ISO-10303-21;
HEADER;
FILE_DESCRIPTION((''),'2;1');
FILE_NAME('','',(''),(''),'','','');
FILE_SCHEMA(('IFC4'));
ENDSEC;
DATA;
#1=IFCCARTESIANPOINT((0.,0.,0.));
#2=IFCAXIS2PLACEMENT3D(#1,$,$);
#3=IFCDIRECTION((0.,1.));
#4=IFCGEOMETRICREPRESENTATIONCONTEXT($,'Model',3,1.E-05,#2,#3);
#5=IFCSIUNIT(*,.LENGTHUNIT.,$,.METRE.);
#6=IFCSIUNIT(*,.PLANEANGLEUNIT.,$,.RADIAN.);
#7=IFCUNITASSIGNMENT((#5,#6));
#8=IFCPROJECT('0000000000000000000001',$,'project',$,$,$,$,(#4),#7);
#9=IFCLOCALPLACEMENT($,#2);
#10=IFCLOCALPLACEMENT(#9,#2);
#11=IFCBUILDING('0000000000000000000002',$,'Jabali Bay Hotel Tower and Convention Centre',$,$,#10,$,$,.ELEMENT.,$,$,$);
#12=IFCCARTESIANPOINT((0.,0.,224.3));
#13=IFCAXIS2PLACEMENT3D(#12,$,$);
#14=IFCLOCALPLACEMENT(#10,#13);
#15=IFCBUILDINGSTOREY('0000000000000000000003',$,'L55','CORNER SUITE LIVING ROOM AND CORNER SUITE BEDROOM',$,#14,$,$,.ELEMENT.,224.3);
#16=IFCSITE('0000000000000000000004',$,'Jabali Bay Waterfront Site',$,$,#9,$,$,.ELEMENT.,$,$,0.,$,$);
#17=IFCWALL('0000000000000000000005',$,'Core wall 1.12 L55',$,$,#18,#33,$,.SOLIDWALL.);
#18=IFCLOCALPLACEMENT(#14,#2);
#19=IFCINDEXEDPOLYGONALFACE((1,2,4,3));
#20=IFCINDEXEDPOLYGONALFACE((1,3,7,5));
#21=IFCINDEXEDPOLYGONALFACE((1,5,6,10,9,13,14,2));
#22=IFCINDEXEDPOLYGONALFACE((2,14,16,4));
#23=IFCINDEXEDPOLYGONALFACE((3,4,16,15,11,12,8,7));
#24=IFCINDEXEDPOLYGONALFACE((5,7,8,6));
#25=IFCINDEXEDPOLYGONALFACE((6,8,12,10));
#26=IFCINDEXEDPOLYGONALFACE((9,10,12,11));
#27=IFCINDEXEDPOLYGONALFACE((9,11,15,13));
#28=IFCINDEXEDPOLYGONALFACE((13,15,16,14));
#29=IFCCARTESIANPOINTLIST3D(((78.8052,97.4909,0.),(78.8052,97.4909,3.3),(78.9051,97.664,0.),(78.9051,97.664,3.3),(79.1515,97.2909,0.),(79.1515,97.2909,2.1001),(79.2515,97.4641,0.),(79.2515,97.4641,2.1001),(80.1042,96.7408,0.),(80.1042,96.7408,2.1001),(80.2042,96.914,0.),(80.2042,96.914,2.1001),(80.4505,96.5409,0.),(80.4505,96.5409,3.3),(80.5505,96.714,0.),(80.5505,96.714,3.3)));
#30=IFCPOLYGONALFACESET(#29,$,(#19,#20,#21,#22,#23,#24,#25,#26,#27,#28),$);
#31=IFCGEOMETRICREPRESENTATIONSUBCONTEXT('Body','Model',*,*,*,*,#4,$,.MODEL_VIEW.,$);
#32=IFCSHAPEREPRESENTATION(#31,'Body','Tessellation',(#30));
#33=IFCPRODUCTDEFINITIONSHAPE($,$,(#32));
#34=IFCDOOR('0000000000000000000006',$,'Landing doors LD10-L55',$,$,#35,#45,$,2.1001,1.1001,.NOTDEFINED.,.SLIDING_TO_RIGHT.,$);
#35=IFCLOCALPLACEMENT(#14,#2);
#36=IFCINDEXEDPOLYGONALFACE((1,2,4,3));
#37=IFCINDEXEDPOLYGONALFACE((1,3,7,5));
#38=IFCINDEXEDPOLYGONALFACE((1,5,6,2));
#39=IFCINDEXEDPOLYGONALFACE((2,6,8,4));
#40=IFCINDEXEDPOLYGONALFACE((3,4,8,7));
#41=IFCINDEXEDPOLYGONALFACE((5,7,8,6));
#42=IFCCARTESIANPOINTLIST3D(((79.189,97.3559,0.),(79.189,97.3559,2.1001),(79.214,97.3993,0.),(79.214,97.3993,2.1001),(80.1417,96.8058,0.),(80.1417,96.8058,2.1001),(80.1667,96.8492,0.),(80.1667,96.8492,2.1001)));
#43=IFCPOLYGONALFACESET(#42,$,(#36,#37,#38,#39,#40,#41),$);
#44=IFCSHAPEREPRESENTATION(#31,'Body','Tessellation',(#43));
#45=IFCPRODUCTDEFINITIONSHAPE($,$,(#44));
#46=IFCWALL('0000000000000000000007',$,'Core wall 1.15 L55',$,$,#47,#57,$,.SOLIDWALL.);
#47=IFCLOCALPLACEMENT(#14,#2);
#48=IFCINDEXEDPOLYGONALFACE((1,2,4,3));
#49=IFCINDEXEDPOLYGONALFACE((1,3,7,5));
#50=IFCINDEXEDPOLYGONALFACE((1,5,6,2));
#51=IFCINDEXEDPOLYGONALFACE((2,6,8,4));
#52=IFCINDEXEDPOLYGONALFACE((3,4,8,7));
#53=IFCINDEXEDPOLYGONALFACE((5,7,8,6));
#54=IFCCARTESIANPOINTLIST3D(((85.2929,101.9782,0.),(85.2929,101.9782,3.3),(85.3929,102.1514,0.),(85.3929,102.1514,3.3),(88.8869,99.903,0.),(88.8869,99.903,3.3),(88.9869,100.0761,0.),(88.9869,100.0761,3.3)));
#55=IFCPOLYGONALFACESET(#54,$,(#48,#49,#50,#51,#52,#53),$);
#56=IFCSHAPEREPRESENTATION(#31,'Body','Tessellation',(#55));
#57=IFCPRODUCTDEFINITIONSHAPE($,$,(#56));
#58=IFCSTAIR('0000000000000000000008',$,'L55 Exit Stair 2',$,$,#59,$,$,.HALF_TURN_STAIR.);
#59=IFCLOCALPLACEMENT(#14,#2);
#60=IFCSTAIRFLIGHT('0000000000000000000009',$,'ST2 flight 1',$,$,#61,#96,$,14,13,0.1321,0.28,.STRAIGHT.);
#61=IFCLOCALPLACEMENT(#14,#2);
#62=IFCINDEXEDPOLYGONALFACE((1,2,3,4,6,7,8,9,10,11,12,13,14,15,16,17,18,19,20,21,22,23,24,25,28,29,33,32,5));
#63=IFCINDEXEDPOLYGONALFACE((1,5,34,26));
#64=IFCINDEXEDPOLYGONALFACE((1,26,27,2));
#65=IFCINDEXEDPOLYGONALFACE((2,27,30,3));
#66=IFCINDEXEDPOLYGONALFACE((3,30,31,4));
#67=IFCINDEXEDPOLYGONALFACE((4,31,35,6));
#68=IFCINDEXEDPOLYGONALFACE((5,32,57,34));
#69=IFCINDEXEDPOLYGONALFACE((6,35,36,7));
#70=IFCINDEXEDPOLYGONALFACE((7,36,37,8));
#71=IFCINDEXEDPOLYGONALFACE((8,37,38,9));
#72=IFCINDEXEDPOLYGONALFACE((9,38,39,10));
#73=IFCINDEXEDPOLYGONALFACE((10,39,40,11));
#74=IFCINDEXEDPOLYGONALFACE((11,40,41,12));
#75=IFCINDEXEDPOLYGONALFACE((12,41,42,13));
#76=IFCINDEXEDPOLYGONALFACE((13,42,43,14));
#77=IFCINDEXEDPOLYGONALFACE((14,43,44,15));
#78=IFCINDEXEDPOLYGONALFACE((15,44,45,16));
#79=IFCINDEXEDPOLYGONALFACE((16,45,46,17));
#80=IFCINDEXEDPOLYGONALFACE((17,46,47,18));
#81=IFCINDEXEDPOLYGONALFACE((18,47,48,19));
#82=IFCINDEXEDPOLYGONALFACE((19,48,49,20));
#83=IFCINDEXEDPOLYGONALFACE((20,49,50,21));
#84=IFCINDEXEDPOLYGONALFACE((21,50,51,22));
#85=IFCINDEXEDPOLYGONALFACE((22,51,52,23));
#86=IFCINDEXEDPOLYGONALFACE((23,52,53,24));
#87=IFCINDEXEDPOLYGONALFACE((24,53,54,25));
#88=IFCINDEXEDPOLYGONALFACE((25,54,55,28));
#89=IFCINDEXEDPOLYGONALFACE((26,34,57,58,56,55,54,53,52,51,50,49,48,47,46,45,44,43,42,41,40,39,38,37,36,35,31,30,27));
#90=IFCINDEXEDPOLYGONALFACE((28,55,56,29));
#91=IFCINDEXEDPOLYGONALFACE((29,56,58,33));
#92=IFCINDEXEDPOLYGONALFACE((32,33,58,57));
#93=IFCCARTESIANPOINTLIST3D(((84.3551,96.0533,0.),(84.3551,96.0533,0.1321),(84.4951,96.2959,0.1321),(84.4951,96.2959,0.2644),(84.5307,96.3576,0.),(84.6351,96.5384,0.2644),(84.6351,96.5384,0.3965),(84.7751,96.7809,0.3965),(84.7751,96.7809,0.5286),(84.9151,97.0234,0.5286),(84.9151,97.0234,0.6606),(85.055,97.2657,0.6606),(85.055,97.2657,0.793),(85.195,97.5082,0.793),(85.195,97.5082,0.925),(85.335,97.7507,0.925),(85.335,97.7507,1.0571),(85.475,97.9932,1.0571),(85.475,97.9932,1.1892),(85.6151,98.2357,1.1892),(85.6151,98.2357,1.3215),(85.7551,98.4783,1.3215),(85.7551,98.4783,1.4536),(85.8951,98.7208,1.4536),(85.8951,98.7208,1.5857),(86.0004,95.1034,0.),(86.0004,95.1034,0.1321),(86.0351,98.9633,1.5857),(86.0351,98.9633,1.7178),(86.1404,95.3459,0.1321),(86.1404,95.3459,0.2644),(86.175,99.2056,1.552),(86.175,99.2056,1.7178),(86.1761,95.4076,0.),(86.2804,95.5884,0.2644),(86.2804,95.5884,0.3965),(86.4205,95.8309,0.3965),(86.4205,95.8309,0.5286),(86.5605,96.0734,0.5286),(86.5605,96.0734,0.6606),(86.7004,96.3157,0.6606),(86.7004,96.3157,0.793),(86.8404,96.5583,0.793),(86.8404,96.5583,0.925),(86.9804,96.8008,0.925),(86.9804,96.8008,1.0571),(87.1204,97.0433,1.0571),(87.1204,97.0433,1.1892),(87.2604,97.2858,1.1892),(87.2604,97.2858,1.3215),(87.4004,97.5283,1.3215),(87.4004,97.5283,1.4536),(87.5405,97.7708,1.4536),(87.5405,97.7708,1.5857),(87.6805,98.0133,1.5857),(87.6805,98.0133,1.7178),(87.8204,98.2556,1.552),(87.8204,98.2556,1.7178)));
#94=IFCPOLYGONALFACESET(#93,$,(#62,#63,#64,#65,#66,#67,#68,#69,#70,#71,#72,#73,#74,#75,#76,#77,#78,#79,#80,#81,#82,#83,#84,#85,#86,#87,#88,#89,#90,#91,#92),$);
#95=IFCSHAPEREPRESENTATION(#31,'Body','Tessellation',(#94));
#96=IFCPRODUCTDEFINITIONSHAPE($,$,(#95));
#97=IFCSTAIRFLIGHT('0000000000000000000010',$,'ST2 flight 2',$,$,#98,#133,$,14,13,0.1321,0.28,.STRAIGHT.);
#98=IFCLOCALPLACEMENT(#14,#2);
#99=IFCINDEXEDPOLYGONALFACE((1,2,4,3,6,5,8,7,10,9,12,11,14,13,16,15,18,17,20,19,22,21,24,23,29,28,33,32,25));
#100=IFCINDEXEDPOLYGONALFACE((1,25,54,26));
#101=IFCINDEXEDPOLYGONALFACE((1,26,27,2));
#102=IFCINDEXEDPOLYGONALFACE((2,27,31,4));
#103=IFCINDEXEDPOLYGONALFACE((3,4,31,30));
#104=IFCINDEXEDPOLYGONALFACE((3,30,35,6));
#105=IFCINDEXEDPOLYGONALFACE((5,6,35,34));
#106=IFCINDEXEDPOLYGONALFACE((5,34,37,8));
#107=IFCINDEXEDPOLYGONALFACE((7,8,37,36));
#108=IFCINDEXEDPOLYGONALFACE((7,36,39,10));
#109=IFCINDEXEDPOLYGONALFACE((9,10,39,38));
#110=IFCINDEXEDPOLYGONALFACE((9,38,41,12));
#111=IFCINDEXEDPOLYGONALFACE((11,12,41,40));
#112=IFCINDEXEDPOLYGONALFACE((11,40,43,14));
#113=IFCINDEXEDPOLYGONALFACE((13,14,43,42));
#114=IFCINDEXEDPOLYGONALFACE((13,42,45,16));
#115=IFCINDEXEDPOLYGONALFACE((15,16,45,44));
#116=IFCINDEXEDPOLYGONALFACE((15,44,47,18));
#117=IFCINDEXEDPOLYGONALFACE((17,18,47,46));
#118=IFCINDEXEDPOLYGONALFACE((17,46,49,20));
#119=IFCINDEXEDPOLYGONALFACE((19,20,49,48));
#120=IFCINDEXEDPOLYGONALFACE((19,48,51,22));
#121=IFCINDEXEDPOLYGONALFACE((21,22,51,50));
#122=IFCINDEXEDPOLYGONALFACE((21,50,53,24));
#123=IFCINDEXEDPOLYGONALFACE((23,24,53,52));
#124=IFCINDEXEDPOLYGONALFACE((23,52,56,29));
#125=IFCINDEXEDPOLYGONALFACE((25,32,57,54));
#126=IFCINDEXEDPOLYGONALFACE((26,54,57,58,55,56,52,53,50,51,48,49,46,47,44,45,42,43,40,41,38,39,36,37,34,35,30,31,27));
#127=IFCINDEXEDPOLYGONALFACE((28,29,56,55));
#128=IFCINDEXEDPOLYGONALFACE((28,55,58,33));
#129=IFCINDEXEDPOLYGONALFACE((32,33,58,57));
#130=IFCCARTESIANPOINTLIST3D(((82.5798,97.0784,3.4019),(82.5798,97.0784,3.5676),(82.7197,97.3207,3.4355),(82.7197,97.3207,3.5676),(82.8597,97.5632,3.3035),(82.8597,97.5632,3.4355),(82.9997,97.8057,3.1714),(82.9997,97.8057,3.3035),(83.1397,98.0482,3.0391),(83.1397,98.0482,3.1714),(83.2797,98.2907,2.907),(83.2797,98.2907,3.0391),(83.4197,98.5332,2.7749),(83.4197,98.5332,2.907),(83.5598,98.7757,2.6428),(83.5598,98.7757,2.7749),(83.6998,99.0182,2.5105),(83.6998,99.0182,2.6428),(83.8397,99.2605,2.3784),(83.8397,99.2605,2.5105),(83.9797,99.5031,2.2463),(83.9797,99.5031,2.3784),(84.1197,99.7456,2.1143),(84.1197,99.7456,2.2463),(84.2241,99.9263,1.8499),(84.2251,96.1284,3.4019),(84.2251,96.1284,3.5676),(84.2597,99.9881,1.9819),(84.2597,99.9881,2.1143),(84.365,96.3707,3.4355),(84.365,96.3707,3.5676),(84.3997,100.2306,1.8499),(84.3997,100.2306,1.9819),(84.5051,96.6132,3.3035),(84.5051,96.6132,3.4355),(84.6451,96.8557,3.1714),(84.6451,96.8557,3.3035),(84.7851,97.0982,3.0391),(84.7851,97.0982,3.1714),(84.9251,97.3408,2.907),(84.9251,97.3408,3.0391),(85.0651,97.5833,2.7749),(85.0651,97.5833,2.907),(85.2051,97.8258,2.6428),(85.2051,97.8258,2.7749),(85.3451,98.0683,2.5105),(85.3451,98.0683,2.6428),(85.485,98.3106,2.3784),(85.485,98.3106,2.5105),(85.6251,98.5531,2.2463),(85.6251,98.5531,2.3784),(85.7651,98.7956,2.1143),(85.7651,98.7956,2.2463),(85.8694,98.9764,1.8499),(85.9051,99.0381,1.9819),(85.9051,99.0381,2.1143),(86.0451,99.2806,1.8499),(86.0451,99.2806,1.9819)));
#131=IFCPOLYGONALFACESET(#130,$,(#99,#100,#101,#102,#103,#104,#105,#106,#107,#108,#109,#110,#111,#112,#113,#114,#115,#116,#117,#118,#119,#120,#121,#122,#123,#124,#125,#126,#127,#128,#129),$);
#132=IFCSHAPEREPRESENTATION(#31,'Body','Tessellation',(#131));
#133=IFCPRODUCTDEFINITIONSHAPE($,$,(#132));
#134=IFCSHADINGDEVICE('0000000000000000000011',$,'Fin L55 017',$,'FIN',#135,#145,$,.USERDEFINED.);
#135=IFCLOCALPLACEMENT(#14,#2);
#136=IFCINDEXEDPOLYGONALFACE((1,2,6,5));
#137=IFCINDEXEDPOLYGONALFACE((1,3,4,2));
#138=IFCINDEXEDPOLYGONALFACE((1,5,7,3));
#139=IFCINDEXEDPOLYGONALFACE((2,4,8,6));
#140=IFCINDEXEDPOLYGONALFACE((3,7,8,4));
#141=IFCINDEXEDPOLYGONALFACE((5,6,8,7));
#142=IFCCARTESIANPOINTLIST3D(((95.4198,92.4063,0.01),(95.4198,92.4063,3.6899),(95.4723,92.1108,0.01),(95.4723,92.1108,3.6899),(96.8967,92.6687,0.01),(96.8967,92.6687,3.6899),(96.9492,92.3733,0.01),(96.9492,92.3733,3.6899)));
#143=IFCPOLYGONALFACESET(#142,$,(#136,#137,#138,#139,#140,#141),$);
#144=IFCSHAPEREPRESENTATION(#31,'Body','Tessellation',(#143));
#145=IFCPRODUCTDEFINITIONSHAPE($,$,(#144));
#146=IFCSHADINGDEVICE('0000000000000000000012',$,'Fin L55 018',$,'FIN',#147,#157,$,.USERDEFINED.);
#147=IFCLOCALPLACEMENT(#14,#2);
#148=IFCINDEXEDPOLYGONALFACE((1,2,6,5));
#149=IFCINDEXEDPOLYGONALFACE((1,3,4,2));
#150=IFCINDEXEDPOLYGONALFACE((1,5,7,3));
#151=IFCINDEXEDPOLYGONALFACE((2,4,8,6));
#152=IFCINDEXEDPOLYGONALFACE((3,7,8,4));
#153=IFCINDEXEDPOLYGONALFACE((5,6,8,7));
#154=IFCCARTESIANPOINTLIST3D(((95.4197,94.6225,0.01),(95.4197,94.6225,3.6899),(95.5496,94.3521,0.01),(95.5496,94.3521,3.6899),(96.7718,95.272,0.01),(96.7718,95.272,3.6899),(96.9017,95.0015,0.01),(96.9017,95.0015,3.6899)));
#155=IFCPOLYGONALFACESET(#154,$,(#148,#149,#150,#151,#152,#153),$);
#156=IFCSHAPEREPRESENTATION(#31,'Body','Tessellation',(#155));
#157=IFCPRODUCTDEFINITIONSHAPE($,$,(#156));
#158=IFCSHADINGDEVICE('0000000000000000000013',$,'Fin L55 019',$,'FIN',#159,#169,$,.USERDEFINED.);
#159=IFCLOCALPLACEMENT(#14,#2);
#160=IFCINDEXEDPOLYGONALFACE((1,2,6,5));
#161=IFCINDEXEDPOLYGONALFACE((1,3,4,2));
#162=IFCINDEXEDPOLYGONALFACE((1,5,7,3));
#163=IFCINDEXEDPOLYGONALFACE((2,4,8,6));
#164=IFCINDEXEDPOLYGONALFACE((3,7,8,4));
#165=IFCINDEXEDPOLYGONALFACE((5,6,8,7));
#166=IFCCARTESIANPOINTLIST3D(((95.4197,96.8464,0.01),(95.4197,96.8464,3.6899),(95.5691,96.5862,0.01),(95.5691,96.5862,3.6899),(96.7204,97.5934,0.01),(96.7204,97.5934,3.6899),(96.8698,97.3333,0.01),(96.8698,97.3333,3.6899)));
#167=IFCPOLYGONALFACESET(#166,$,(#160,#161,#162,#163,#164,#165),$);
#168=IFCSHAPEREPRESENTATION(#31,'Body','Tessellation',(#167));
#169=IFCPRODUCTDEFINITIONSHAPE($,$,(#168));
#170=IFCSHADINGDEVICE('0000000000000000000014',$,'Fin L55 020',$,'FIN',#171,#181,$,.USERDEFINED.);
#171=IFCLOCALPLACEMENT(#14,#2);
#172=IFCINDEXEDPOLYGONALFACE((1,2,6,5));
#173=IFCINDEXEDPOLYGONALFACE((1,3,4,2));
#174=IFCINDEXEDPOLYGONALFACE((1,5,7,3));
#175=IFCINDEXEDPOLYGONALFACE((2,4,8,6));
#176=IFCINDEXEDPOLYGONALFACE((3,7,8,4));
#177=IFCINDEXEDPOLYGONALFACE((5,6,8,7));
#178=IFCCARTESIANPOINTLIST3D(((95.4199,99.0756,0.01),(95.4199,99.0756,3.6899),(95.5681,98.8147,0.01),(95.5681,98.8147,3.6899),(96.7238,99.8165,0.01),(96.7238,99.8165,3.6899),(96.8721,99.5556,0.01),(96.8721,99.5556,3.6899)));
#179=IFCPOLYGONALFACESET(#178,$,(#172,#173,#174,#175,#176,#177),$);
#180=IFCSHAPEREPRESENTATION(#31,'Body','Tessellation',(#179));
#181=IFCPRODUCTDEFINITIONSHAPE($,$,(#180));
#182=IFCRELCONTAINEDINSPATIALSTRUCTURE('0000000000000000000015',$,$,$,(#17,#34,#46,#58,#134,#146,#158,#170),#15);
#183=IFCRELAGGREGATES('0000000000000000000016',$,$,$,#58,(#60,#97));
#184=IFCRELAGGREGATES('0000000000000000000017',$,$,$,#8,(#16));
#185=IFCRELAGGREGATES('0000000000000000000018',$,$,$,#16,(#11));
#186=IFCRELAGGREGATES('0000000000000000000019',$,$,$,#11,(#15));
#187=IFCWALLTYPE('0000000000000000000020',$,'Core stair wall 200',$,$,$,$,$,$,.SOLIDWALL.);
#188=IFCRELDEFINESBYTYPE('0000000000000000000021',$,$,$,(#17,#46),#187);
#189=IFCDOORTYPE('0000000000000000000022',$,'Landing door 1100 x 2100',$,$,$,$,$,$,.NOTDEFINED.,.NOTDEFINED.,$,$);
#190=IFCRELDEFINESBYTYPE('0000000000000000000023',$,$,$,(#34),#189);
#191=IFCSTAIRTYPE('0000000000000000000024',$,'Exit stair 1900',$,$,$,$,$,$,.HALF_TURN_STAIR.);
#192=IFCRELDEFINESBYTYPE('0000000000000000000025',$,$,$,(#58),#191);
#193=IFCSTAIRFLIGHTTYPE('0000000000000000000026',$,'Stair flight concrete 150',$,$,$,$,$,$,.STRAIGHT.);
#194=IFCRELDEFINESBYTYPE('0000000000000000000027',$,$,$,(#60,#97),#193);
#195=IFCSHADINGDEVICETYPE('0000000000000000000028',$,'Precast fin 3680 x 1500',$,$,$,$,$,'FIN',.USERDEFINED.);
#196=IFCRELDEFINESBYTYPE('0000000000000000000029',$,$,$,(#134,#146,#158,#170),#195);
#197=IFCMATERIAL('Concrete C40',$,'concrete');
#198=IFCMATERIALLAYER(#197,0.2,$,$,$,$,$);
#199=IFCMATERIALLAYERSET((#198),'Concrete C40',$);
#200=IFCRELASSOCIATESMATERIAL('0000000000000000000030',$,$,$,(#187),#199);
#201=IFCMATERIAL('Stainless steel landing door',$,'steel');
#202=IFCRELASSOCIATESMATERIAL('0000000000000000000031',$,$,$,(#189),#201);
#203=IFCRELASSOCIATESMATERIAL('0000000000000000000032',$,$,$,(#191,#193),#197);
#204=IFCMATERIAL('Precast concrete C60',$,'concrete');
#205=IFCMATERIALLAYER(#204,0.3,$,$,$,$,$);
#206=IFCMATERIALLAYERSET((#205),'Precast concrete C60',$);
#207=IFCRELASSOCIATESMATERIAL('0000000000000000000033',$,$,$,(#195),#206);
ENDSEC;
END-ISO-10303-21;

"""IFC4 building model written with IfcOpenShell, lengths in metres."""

from ifc_helpers import new_model, si_unit, direction, frame, frame_2d, origin, place, context, subcontext, project, spatial, polyline, rectangle, outline, extrude, material, layer, layer_set, type_object, element, fill, aggregate, save


model = new_model("IFC4")

# Units and contexts
model_context = context("Model", 3, precision=1e-05, world=origin(), true_north=direction((0.0, 1.0)))
body_context = subcontext(model_context, "Body", "Model", "MODEL_VIEW")
ifc_project = project(units=[si_unit("LENGTHUNIT", "METRE"), si_unit("PLANEANGLEUNIT", "RADIAN")], contexts=[model_context])

# Site, building, storey
site_placement = place(None, origin())
site = spatial("IfcSite", under=ifc_project, at=site_placement, Name="Jabali Bay Waterfront Site", CompositionType="ELEMENT", RefElevation=0.0)
building_placement = place(site_placement, origin())
building = spatial("IfcBuilding", under=site, at=building_placement, Name="Jabali Bay Hotel Tower and Convention Centre", CompositionType="ELEMENT")
storey_placement = place(building_placement, frame((0.0, 0.0, 224.3)))
storey = spatial("IfcBuildingStorey", under=building, at=storey_placement, Name="L55", Description="CORNER SUITE LIVING ROOM AND CORNER SUITE BEDROOM", CompositionType="ELEMENT", Elevation=224.3)

# Shared definitions
ifc_material_1 = material(Name="Concrete C40", Category="concrete")

# Shared definitions
ifc_layer_1 = layer(ifc_material_1, 0.2)
ifc_layer_set_1 = layer_set([ifc_layer_1], Name="Concrete C40")
wall_type_1 = type_object("IfcWallType", Name="Core stair wall 200", PredefinedType="SOLIDWALL", material=ifc_layer_set_1)

# Wall, opening, door
wall_1_placement = place(storey_placement, frame((80.5005, 96.6274, 0.0), z_axis=(0.0, 0.0, 1.0), x_axis=(-0.866012, 0.500023, 0.0)))
wall_1 = element("IfcWall", 1, at=wall_1_placement, inside=storey, type_object=wall_type_1, Name="Core wall 1.12 L55", PredefinedType="SOLIDWALL", context=body_context, shape_type="SweptSolid", body=[
    extrude(rectangle(XDim=1.8999, YDim=0.2, at=frame_2d((0.95, 0.0))), origin(), (0.0, 0.0, 1.0), 3.3),
])
opening_1_placement = place(wall_1_placement, frame((0.3999, 0.0, 0.0)))
opening_1 = element("IfcOpeningElement", 2, at=opening_1_placement, cuts=wall_1, PredefinedType="OPENING", context=body_context, shape_type="SweptSolid", body=[
    extrude(rectangle(XDim=1.1001, YDim=2.1001, at=frame_2d((0.55, 1.05))), frame((0.0, 0.1104, 0.0), z_axis=(0.0, -1.0, 0.0), x_axis=(1.0, 0.0, 0.0)), (0.0, 0.0, 1.0), 0.2209),
])
ifc_material_2 = material(Name="Stainless steel landing door", Category="steel")
door_type_1 = type_object("IfcDoorType", Name="Landing door 1100 x 2100", OperationType="NOTDEFINED", PredefinedType="NOTDEFINED", material=ifc_material_2)
door_1_placement = place(opening_1_placement, origin())
door_1 = element("IfcDoor", 3, at=door_1_placement, inside=storey, type_object=door_type_1, Name="Landing doors LD10-L55", OperationType="SLIDING_TO_RIGHT", OverallHeight=2.1001, OverallWidth=1.1001, PredefinedType="NOTDEFINED", context=body_context, shape_type="SweptSolid", body=[
    extrude(rectangle(XDim=1.1001, YDim=2.1001, at=frame_2d((0.55, 1.05))), frame((0.0, 0.0249, 0.0), z_axis=(0.0, -1.0, 0.0), x_axis=(1.0, 0.0, 0.0)), (0.0, 0.0, 1.0), 0.05),
])
fill(opening_1, door_1)

# Wall
wall_2_placement = place(storey_placement, frame((88.937, 99.9895, 0.0), z_axis=(0.0, 0.0, 1.0), x_axis=(-0.866004, 0.500036, 0.0)))
element("IfcWall", 4, at=wall_2_placement, inside=storey, type_object=wall_type_1, Name="Core wall 1.15 L55", PredefinedType="SOLIDWALL", context=body_context, shape_type="SweptSolid", body=[
    extrude(rectangle(XDim=4.1501, YDim=0.2, at=frame_2d((2.0752, 0.0))), origin(), (0.0, 0.0, 1.0), 3.3),
])

# Stair, stair flights
stair_type = type_object("IfcStairType", Name="Exit stair 1900", PredefinedType="HALF_TURN_STAIR", material=ifc_material_1)
stair_placement = place(storey_placement, origin())
stair = element("IfcStair", 5, at=stair_placement, inside=storey, type_object=stair_type, Name="L55 Exit Stair 2", PredefinedType="HALF_TURN_STAIR")
stair_flight_type = type_object("IfcStairFlightType", Name="Stair flight concrete 150", PredefinedType="STRAIGHT", material=ifc_material_1)
stair_flight_1_placement = place(storey_placement, frame((85.1777, 95.5784, 0.0), z_axis=(0.0, 0.0, 1.0), x_axis=(0.5, 0.866025, 0.0)))
stair_flight_1 = element("IfcStairFlight", 6, at=stair_flight_1_placement, type_object=stair_flight_type, Name="ST2 flight 1", NumberOfRisers=14, NumberOfTreads=13, PredefinedType="STRAIGHT", RiserHeight=0.1321, TreadLength=0.28, context=body_context, shape_type="SweptSolid", body=[
    extrude(outline(polyline([(0.0, 0.0), (0.0, 0.1321), (0.28, 0.1321), (0.28, 0.2644), (0.5601, 0.2644), (0.5601, 0.3965), (0.8401, 0.3965), (0.8401, 0.5286), (1.1201, 0.5286), (1.1201, 0.6606), (1.3999, 0.6606), (1.3999, 0.793), (1.6799, 0.793), (1.6799, 0.925), (1.96, 0.925), (1.96, 1.0571), (2.24, 1.0571), (2.24, 1.1892), (2.52, 1.1892), (2.52, 1.3215), (2.8, 1.3215), (2.8, 1.4536), (3.0801, 1.4536), (3.0801, 1.5857), (3.3601, 1.5857), (3.3601, 1.7178), (3.6399, 1.7178), (3.6399, 1.8501), (3.6399, 1.552), (0.3513, 0.0), (0.0, 0.0)])), frame((0.0, 0.95, 0.0), z_axis=(0.0, -1.0, 0.0), x_axis=(1.0, 0.0, 0.0)), (0.0, 0.0, 1.0), 1.8999),
])
stair_flight_2_placement = place(storey_placement, frame((85.2224, 99.7556, 1.8499), z_axis=(0.0, 0.0, 1.0), x_axis=(-0.5, -0.866025, 0.0)))
stair_flight_2 = element("IfcStairFlight", 7, at=stair_flight_2_placement, type_object=stair_flight_type, Name="ST2 flight 2", NumberOfRisers=14, NumberOfTreads=13, PredefinedType="STRAIGHT", RiserHeight=0.1321, TreadLength=0.28, context=body_context, shape_type="SweptSolid", body=[
    extrude(outline(polyline([(0.0, 0.0), (0.0, 0.1321), (0.28, 0.1321), (0.28, 0.2644), (0.5601, 0.2644), (0.5601, 0.3965), (0.8401, 0.3965), (0.8401, 0.5286), (1.1201, 0.5286), (1.1201, 0.6606), (1.3999, 0.6606), (1.3999, 0.793), (1.6799, 0.793), (1.6799, 0.925), (1.96, 0.925), (1.96, 1.0571), (2.24, 1.0571), (2.24, 1.1892), (2.52, 1.1892), (2.52, 1.3215), (2.8, 1.3215), (2.8, 1.4536), (3.0801, 1.4536), (3.0801, 1.5857), (3.3601, 1.5857), (3.3601, 1.7178), (3.6399, 1.7178), (3.6399, 1.8501), (3.6399, 1.552), (0.3513, 0.0), (0.0, 0.0)])), frame((0.0, 0.95, 0.0), z_axis=(0.0, -1.0, 0.0), x_axis=(1.0, 0.0, 0.0)), (0.0, 0.0, 1.0), 1.8999),
])
aggregate(stair, [stair_flight_1, stair_flight_2])

# Shading devices
ifc_material_3 = material(Name="Precast concrete C60", Category="concrete")
ifc_layer_2 = layer(ifc_material_3, 0.3)
ifc_layer_set_2 = layer_set([ifc_layer_2], Name="Precast concrete C60")
shading_device_type = type_object("IfcShadingDeviceType", Name="Precast fin 3680 x 1500", ElementType="FIN", PredefinedType="USERDEFINED", material=ifc_layer_set_2)
for number, where, z_axis, x_axis, name in (
    (8, (95.446, 92.2585, 0.01), (0.0, 0.0, 1.0), (0.984573, 0.174974, 0.0), "Fin L55 017"),
    (9, (95.4846, 94.4873, 0.01), (0.0, 0.0, 1.0), (0.901411, 0.432964, 0.0), "Fin L55 018"),
    (10, (95.4944, 96.7163, 0.01), (0.0, 0.0, 1.0), (0.867159, 0.498031, 0.0), "Fin L55 019"),
):
    element("IfcShadingDevice", number, at=place(storey_placement, frame(where, z_axis=z_axis, x_axis=x_axis)), inside=storey, type_object=shading_device_type, Name=name, ObjectType="FIN", PredefinedType="USERDEFINED", context=body_context, shape_type="SweptSolid", body=[
        extrude(rectangle(XDim=1.5, YDim=0.3, at=frame_2d((0.75, 0.0))), origin(), (0.0, 0.0, 1.0), 3.6799),
    ])
shading_device_placement = place(storey_placement, frame((95.4939, 98.9451, 0.01), z_axis=(0.0, 0.0, 1.0), x_axis=(0.869433, 0.494051, 0.0)))
element("IfcShadingDevice", 11, at=shading_device_placement, inside=storey, type_object=shading_device_type, Name="Fin L55 020", ObjectType="FIN", PredefinedType="USERDEFINED", context=body_context, shape_type="SweptSolid", body=[
    extrude(rectangle(XDim=1.4998, YDim=0.3, at=frame_2d((0.75, 0.0))), origin(), (0.0, 0.0, 1.0), 3.6799),
])

save(model, "model.ifc")
